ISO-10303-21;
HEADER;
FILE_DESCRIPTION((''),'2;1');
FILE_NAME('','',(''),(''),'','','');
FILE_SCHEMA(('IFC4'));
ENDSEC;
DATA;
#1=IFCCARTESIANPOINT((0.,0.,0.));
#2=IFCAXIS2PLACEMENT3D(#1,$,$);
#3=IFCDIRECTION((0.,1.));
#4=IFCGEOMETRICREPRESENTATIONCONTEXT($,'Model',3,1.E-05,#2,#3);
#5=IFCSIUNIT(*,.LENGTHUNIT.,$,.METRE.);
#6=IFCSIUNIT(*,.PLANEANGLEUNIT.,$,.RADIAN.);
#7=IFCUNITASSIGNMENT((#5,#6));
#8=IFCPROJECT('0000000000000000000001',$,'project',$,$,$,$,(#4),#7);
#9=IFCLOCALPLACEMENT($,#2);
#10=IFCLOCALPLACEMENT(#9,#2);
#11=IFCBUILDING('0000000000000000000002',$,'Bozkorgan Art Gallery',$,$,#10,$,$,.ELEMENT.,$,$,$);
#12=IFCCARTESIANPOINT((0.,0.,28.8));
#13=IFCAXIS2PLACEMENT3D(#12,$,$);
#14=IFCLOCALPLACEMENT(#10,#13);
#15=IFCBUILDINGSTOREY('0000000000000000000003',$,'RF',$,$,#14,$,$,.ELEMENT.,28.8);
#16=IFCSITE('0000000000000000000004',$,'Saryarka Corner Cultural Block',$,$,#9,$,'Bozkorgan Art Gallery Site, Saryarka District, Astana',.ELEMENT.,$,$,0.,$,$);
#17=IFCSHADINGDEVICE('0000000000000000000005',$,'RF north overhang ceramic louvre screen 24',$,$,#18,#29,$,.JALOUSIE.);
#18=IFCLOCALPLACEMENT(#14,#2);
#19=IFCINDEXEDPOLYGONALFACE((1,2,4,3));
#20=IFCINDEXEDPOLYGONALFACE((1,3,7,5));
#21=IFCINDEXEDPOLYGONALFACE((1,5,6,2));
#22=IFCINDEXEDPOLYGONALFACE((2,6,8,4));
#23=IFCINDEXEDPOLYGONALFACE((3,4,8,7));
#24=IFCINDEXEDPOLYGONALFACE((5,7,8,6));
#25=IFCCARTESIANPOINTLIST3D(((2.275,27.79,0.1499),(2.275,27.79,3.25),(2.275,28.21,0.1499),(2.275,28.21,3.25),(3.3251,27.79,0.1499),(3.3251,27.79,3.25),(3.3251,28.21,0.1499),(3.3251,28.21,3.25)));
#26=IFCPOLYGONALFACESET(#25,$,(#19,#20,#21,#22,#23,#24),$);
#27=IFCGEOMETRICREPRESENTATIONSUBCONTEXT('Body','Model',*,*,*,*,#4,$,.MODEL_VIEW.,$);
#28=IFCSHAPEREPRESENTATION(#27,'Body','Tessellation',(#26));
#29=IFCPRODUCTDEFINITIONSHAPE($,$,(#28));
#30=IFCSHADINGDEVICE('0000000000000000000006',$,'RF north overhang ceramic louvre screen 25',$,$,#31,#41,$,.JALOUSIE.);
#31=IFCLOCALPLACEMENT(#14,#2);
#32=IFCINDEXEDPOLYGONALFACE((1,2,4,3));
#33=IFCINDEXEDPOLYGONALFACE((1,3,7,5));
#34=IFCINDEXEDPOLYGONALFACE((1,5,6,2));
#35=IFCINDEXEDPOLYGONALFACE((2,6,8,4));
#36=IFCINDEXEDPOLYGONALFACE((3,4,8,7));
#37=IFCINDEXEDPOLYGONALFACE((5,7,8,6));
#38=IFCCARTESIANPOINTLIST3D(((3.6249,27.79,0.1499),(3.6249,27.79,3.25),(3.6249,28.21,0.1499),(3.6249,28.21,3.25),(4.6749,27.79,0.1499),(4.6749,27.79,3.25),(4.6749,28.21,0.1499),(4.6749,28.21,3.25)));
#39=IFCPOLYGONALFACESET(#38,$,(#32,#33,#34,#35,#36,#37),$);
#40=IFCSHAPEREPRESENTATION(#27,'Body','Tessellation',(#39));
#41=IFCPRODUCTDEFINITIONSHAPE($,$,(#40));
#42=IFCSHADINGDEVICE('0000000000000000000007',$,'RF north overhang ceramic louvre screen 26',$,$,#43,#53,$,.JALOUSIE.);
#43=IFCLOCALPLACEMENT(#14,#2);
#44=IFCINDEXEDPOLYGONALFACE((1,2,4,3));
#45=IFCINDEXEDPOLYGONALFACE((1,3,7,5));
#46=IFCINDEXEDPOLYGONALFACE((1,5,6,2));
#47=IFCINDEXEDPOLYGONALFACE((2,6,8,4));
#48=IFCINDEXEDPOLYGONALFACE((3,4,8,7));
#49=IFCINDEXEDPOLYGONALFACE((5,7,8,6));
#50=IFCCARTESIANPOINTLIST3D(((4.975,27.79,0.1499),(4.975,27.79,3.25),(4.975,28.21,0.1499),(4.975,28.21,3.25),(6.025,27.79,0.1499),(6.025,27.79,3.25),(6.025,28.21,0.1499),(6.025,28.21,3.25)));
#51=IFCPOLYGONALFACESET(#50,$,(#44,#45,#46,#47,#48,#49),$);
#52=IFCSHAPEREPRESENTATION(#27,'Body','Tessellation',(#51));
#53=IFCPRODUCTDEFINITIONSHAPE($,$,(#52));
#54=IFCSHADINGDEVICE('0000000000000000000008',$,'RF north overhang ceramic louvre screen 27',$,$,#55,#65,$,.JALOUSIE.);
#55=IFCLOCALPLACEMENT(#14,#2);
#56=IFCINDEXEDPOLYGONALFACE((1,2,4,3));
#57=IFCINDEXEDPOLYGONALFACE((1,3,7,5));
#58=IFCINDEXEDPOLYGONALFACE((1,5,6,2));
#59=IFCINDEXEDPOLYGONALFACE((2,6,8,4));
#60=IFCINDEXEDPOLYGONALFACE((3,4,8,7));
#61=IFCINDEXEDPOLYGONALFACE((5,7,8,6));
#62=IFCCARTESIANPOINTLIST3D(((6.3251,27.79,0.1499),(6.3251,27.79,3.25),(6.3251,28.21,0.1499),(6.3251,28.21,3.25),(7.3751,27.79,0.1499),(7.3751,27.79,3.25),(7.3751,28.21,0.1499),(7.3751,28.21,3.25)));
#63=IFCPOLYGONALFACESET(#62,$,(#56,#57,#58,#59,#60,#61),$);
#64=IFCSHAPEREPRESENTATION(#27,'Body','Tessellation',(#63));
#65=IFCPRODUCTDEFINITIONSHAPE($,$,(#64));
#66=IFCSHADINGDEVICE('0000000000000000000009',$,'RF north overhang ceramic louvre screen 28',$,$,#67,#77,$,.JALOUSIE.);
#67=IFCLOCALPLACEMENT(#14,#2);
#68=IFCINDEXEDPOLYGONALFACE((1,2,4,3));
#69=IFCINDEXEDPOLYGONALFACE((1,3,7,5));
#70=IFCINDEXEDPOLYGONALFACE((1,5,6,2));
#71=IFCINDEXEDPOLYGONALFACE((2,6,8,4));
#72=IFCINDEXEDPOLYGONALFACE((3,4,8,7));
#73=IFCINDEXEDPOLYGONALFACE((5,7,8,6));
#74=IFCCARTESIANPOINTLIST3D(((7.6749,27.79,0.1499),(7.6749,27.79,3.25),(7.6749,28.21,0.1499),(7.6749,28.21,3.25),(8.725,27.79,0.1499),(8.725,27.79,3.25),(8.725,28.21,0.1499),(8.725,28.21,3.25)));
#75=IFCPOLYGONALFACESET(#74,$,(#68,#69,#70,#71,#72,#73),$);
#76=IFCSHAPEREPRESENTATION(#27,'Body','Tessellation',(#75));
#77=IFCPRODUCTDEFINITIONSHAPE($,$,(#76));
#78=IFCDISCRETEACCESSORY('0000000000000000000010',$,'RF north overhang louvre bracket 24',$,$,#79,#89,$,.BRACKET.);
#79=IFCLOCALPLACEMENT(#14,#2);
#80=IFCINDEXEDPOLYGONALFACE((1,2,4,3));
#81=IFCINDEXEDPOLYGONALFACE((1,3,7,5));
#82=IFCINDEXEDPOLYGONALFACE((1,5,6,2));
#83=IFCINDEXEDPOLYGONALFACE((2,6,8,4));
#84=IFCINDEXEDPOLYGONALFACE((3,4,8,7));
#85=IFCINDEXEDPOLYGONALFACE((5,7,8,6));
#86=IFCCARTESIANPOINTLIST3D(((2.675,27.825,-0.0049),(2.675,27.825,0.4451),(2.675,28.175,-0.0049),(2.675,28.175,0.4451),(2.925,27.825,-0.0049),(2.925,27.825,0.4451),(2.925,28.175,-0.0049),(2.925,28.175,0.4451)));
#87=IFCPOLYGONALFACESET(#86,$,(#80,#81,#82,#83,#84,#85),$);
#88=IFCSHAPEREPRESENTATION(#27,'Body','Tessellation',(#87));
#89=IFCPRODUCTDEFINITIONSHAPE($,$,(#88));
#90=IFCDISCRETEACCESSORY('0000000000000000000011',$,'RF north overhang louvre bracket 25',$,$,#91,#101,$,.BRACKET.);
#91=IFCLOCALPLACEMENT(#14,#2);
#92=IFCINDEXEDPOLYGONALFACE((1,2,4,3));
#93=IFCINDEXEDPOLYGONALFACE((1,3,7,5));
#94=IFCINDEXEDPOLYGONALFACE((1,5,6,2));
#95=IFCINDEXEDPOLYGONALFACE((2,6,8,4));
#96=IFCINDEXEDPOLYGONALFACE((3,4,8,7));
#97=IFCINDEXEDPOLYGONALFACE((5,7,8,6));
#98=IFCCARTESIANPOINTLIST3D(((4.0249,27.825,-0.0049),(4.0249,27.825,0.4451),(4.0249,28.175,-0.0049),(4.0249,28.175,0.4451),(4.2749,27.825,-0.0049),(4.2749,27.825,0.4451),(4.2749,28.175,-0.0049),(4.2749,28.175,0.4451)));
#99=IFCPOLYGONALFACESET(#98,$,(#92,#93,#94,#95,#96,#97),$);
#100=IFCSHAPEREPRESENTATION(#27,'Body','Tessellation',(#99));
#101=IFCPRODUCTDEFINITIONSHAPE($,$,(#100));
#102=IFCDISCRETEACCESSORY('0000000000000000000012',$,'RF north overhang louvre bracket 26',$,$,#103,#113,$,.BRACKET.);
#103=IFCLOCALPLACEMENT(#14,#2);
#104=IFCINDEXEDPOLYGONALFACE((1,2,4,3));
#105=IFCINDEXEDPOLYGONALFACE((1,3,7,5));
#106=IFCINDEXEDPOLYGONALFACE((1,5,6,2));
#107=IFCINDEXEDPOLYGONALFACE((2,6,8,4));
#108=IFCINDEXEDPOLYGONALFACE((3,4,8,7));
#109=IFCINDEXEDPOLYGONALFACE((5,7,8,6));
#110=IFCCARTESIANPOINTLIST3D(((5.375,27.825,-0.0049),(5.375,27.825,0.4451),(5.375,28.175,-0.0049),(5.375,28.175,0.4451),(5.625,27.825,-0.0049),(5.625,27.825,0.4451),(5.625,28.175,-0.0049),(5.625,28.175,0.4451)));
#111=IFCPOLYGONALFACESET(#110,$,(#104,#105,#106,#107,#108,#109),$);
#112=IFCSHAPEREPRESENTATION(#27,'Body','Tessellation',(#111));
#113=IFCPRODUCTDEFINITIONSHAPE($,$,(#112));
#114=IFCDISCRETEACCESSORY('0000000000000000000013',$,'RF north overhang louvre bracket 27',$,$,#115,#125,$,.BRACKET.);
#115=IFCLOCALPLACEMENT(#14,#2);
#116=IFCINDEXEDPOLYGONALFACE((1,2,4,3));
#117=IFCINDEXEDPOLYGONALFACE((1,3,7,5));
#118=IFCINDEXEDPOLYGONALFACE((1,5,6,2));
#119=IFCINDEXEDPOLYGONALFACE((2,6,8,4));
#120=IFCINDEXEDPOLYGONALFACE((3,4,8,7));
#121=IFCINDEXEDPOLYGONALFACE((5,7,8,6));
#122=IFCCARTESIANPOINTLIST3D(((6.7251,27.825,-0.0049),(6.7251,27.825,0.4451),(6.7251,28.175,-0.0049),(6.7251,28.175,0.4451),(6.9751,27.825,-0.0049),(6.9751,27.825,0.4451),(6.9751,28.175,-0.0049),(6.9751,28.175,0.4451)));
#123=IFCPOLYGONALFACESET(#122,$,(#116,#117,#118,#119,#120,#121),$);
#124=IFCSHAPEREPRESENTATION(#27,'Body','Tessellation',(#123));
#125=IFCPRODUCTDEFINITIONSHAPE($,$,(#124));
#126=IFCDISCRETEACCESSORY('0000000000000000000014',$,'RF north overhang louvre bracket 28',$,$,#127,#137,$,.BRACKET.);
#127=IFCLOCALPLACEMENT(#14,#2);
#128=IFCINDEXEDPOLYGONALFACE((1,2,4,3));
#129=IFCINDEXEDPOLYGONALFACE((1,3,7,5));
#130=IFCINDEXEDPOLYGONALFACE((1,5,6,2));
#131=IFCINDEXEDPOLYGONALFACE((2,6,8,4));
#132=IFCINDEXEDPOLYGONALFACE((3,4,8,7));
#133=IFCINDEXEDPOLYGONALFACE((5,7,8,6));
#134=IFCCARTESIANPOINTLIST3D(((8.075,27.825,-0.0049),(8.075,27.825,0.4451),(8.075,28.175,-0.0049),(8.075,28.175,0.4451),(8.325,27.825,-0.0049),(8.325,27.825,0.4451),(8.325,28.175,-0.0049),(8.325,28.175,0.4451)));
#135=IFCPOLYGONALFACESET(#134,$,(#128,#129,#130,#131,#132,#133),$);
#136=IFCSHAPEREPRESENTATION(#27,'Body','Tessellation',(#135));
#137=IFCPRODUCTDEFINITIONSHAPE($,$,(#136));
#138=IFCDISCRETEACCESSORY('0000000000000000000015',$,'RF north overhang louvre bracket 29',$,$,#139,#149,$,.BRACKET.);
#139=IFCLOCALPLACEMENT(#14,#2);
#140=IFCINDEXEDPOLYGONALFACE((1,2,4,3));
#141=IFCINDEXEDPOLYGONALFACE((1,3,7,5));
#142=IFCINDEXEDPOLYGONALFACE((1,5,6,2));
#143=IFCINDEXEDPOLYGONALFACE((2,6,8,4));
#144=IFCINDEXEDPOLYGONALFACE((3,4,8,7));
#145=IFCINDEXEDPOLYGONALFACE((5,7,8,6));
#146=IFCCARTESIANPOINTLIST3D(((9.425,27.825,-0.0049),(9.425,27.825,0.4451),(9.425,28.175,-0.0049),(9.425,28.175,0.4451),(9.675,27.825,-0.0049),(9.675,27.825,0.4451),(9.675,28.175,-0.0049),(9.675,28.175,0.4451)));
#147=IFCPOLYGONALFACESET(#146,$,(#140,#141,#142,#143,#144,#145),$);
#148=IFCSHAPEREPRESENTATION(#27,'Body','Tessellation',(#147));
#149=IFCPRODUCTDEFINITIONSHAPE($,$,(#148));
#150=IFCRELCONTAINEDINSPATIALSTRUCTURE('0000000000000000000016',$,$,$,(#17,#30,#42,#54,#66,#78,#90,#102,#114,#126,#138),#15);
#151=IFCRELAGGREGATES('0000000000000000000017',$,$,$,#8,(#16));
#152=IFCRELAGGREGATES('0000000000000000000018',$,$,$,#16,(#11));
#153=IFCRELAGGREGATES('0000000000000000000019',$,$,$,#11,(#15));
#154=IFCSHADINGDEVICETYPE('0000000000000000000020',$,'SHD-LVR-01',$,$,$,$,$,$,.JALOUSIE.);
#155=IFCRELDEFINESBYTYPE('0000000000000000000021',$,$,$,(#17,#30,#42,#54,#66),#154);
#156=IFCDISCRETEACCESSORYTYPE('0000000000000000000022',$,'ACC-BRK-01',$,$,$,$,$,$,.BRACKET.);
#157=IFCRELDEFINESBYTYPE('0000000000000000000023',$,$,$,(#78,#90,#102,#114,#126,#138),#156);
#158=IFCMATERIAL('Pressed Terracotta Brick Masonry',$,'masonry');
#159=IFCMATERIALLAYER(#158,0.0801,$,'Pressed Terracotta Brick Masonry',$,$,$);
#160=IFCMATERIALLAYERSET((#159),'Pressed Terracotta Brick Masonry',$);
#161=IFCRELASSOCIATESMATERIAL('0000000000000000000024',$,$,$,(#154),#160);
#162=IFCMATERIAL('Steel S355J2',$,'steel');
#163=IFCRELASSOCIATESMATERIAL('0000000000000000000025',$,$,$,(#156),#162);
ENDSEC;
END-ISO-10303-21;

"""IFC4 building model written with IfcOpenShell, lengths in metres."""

from ifc_helpers import new_model, si_unit, direction, frame, origin, origin_2d, place, context, subcontext, project, spatial, rectangle, extrude, material, layer, layer_set, type_object, element, save


model = new_model("IFC4")

# Units and contexts
model_context = context("Model", 3, precision=1e-05, world=origin(), true_north=direction((0.0, 1.0)))
body_context = subcontext(model_context, "Body", "Model", "MODEL_VIEW")
ifc_project = project(units=[si_unit("LENGTHUNIT", "METRE"), si_unit("PLANEANGLEUNIT", "RADIAN")], contexts=[model_context])

# Site, building, storey
site_placement = place(None, origin())
site = spatial("IfcSite", under=ifc_project, at=site_placement, Name="Saryarka Corner Cultural Block", LongName="Bozkorgan Art Gallery Site, Saryarka District, Astana", CompositionType="ELEMENT", RefElevation=0.0)
building_placement = place(site_placement, origin())
building = spatial("IfcBuilding", under=site, at=building_placement, Name="Bozkorgan Art Gallery", CompositionType="ELEMENT")
storey_placement = place(building_placement, frame((0.0, 0.0, 28.8)))
storey = spatial("IfcBuildingStorey", under=building, at=storey_placement, Name="RF", CompositionType="ELEMENT", Elevation=28.8)

# Shared definitions
ifc_material_1 = material(Name="Steel S355J2", Category="steel")

# Shading devices
ifc_material_2 = material(Name="Pressed Terracotta Brick Masonry", Category="masonry")
ifc_layer_1 = layer(ifc_material_2, 0.0801, Name="Pressed Terracotta Brick Masonry")
ifc_layer_set_1 = layer_set([ifc_layer_1], Name="Pressed Terracotta Brick Masonry")
shading_device_type = type_object("IfcShadingDeviceType", Name="SHD-LVR-01", PredefinedType="JALOUSIE", material=ifc_layer_set_1)
for number, where, z_axis, x_axis, name in (
    (1, (2.8, 28.0, 0.1499), (0.0, 0.0, 1.0), (1.0, 0.0, 0.0), "RF north overhang ceramic louvre screen 24"),
    (2, (4.1499, 28.0, 0.1499), (0.0, 0.0, 1.0), (1.0, 0.0, 0.0), "RF north overhang ceramic louvre screen 25"),
    (3, (5.5, 28.0, 0.1499), (0.0, 0.0, 1.0), (1.0, 0.0, 0.0), "RF north overhang ceramic louvre screen 26"),
    (4, (6.8501, 28.0, 0.1499), (0.0, 0.0, 1.0), (1.0, 0.0, 0.0), "RF north overhang ceramic louvre screen 27"),
    (5, (8.2, 28.0, 0.1499), (0.0, 0.0, 1.0), (1.0, 0.0, 0.0), "RF north overhang ceramic louvre screen 28"),
):
    element("IfcShadingDevice", number, at=place(storey_placement, frame(where, z_axis=z_axis, x_axis=x_axis)), inside=storey, type_object=shading_device_type, Name=name, PredefinedType="JALOUSIE", context=body_context, shape_type="SweptSolid", body=[
        extrude(rectangle(XDim=1.05, YDim=0.4199, at=origin_2d()), origin(), (0.0, 0.0, 1.0), 3.1001),
    ])

# Discrete accessories
discrete_accessory_type = type_object("IfcDiscreteAccessoryType", Name="ACC-BRK-01", PredefinedType="BRACKET", material=ifc_material_1)
for number, where, z_axis, x_axis, name in (
    (6, (2.8, 28.0, -0.0049), (0.0, 0.0, 1.0), (1.0, 0.0, 0.0), "RF north overhang louvre bracket 24"),
    (7, (4.1499, 28.0, -0.0049), (0.0, 0.0, 1.0), (1.0, 0.0, 0.0), "RF north overhang louvre bracket 25"),
    (8, (5.5, 28.0, -0.0049), (0.0, 0.0, 1.0), (1.0, 0.0, 0.0), "RF north overhang louvre bracket 26"),
    (9, (6.8501, 28.0, -0.0049), (0.0, 0.0, 1.0), (1.0, 0.0, 0.0), "RF north overhang louvre bracket 27"),
    (10, (8.2, 28.0, -0.0049), (0.0, 0.0, 1.0), (1.0, 0.0, 0.0), "RF north overhang louvre bracket 28"),
    (11, (9.55, 28.0, -0.0049), (0.0, 0.0, 1.0), (1.0, 0.0, 0.0), "RF north overhang louvre bracket 29"),
):
    element("IfcDiscreteAccessory", number, at=place(storey_placement, frame(where, z_axis=z_axis, x_axis=x_axis)), inside=storey, type_object=discrete_accessory_type, Name=name, PredefinedType="BRACKET", context=body_context, shape_type="SweptSolid", body=[
        extrude(rectangle(XDim=0.25, YDim=0.3501, at=origin_2d()), origin(), (0.0, 0.0, 1.0), 0.45),
    ])

save(model, "model.ifc")
